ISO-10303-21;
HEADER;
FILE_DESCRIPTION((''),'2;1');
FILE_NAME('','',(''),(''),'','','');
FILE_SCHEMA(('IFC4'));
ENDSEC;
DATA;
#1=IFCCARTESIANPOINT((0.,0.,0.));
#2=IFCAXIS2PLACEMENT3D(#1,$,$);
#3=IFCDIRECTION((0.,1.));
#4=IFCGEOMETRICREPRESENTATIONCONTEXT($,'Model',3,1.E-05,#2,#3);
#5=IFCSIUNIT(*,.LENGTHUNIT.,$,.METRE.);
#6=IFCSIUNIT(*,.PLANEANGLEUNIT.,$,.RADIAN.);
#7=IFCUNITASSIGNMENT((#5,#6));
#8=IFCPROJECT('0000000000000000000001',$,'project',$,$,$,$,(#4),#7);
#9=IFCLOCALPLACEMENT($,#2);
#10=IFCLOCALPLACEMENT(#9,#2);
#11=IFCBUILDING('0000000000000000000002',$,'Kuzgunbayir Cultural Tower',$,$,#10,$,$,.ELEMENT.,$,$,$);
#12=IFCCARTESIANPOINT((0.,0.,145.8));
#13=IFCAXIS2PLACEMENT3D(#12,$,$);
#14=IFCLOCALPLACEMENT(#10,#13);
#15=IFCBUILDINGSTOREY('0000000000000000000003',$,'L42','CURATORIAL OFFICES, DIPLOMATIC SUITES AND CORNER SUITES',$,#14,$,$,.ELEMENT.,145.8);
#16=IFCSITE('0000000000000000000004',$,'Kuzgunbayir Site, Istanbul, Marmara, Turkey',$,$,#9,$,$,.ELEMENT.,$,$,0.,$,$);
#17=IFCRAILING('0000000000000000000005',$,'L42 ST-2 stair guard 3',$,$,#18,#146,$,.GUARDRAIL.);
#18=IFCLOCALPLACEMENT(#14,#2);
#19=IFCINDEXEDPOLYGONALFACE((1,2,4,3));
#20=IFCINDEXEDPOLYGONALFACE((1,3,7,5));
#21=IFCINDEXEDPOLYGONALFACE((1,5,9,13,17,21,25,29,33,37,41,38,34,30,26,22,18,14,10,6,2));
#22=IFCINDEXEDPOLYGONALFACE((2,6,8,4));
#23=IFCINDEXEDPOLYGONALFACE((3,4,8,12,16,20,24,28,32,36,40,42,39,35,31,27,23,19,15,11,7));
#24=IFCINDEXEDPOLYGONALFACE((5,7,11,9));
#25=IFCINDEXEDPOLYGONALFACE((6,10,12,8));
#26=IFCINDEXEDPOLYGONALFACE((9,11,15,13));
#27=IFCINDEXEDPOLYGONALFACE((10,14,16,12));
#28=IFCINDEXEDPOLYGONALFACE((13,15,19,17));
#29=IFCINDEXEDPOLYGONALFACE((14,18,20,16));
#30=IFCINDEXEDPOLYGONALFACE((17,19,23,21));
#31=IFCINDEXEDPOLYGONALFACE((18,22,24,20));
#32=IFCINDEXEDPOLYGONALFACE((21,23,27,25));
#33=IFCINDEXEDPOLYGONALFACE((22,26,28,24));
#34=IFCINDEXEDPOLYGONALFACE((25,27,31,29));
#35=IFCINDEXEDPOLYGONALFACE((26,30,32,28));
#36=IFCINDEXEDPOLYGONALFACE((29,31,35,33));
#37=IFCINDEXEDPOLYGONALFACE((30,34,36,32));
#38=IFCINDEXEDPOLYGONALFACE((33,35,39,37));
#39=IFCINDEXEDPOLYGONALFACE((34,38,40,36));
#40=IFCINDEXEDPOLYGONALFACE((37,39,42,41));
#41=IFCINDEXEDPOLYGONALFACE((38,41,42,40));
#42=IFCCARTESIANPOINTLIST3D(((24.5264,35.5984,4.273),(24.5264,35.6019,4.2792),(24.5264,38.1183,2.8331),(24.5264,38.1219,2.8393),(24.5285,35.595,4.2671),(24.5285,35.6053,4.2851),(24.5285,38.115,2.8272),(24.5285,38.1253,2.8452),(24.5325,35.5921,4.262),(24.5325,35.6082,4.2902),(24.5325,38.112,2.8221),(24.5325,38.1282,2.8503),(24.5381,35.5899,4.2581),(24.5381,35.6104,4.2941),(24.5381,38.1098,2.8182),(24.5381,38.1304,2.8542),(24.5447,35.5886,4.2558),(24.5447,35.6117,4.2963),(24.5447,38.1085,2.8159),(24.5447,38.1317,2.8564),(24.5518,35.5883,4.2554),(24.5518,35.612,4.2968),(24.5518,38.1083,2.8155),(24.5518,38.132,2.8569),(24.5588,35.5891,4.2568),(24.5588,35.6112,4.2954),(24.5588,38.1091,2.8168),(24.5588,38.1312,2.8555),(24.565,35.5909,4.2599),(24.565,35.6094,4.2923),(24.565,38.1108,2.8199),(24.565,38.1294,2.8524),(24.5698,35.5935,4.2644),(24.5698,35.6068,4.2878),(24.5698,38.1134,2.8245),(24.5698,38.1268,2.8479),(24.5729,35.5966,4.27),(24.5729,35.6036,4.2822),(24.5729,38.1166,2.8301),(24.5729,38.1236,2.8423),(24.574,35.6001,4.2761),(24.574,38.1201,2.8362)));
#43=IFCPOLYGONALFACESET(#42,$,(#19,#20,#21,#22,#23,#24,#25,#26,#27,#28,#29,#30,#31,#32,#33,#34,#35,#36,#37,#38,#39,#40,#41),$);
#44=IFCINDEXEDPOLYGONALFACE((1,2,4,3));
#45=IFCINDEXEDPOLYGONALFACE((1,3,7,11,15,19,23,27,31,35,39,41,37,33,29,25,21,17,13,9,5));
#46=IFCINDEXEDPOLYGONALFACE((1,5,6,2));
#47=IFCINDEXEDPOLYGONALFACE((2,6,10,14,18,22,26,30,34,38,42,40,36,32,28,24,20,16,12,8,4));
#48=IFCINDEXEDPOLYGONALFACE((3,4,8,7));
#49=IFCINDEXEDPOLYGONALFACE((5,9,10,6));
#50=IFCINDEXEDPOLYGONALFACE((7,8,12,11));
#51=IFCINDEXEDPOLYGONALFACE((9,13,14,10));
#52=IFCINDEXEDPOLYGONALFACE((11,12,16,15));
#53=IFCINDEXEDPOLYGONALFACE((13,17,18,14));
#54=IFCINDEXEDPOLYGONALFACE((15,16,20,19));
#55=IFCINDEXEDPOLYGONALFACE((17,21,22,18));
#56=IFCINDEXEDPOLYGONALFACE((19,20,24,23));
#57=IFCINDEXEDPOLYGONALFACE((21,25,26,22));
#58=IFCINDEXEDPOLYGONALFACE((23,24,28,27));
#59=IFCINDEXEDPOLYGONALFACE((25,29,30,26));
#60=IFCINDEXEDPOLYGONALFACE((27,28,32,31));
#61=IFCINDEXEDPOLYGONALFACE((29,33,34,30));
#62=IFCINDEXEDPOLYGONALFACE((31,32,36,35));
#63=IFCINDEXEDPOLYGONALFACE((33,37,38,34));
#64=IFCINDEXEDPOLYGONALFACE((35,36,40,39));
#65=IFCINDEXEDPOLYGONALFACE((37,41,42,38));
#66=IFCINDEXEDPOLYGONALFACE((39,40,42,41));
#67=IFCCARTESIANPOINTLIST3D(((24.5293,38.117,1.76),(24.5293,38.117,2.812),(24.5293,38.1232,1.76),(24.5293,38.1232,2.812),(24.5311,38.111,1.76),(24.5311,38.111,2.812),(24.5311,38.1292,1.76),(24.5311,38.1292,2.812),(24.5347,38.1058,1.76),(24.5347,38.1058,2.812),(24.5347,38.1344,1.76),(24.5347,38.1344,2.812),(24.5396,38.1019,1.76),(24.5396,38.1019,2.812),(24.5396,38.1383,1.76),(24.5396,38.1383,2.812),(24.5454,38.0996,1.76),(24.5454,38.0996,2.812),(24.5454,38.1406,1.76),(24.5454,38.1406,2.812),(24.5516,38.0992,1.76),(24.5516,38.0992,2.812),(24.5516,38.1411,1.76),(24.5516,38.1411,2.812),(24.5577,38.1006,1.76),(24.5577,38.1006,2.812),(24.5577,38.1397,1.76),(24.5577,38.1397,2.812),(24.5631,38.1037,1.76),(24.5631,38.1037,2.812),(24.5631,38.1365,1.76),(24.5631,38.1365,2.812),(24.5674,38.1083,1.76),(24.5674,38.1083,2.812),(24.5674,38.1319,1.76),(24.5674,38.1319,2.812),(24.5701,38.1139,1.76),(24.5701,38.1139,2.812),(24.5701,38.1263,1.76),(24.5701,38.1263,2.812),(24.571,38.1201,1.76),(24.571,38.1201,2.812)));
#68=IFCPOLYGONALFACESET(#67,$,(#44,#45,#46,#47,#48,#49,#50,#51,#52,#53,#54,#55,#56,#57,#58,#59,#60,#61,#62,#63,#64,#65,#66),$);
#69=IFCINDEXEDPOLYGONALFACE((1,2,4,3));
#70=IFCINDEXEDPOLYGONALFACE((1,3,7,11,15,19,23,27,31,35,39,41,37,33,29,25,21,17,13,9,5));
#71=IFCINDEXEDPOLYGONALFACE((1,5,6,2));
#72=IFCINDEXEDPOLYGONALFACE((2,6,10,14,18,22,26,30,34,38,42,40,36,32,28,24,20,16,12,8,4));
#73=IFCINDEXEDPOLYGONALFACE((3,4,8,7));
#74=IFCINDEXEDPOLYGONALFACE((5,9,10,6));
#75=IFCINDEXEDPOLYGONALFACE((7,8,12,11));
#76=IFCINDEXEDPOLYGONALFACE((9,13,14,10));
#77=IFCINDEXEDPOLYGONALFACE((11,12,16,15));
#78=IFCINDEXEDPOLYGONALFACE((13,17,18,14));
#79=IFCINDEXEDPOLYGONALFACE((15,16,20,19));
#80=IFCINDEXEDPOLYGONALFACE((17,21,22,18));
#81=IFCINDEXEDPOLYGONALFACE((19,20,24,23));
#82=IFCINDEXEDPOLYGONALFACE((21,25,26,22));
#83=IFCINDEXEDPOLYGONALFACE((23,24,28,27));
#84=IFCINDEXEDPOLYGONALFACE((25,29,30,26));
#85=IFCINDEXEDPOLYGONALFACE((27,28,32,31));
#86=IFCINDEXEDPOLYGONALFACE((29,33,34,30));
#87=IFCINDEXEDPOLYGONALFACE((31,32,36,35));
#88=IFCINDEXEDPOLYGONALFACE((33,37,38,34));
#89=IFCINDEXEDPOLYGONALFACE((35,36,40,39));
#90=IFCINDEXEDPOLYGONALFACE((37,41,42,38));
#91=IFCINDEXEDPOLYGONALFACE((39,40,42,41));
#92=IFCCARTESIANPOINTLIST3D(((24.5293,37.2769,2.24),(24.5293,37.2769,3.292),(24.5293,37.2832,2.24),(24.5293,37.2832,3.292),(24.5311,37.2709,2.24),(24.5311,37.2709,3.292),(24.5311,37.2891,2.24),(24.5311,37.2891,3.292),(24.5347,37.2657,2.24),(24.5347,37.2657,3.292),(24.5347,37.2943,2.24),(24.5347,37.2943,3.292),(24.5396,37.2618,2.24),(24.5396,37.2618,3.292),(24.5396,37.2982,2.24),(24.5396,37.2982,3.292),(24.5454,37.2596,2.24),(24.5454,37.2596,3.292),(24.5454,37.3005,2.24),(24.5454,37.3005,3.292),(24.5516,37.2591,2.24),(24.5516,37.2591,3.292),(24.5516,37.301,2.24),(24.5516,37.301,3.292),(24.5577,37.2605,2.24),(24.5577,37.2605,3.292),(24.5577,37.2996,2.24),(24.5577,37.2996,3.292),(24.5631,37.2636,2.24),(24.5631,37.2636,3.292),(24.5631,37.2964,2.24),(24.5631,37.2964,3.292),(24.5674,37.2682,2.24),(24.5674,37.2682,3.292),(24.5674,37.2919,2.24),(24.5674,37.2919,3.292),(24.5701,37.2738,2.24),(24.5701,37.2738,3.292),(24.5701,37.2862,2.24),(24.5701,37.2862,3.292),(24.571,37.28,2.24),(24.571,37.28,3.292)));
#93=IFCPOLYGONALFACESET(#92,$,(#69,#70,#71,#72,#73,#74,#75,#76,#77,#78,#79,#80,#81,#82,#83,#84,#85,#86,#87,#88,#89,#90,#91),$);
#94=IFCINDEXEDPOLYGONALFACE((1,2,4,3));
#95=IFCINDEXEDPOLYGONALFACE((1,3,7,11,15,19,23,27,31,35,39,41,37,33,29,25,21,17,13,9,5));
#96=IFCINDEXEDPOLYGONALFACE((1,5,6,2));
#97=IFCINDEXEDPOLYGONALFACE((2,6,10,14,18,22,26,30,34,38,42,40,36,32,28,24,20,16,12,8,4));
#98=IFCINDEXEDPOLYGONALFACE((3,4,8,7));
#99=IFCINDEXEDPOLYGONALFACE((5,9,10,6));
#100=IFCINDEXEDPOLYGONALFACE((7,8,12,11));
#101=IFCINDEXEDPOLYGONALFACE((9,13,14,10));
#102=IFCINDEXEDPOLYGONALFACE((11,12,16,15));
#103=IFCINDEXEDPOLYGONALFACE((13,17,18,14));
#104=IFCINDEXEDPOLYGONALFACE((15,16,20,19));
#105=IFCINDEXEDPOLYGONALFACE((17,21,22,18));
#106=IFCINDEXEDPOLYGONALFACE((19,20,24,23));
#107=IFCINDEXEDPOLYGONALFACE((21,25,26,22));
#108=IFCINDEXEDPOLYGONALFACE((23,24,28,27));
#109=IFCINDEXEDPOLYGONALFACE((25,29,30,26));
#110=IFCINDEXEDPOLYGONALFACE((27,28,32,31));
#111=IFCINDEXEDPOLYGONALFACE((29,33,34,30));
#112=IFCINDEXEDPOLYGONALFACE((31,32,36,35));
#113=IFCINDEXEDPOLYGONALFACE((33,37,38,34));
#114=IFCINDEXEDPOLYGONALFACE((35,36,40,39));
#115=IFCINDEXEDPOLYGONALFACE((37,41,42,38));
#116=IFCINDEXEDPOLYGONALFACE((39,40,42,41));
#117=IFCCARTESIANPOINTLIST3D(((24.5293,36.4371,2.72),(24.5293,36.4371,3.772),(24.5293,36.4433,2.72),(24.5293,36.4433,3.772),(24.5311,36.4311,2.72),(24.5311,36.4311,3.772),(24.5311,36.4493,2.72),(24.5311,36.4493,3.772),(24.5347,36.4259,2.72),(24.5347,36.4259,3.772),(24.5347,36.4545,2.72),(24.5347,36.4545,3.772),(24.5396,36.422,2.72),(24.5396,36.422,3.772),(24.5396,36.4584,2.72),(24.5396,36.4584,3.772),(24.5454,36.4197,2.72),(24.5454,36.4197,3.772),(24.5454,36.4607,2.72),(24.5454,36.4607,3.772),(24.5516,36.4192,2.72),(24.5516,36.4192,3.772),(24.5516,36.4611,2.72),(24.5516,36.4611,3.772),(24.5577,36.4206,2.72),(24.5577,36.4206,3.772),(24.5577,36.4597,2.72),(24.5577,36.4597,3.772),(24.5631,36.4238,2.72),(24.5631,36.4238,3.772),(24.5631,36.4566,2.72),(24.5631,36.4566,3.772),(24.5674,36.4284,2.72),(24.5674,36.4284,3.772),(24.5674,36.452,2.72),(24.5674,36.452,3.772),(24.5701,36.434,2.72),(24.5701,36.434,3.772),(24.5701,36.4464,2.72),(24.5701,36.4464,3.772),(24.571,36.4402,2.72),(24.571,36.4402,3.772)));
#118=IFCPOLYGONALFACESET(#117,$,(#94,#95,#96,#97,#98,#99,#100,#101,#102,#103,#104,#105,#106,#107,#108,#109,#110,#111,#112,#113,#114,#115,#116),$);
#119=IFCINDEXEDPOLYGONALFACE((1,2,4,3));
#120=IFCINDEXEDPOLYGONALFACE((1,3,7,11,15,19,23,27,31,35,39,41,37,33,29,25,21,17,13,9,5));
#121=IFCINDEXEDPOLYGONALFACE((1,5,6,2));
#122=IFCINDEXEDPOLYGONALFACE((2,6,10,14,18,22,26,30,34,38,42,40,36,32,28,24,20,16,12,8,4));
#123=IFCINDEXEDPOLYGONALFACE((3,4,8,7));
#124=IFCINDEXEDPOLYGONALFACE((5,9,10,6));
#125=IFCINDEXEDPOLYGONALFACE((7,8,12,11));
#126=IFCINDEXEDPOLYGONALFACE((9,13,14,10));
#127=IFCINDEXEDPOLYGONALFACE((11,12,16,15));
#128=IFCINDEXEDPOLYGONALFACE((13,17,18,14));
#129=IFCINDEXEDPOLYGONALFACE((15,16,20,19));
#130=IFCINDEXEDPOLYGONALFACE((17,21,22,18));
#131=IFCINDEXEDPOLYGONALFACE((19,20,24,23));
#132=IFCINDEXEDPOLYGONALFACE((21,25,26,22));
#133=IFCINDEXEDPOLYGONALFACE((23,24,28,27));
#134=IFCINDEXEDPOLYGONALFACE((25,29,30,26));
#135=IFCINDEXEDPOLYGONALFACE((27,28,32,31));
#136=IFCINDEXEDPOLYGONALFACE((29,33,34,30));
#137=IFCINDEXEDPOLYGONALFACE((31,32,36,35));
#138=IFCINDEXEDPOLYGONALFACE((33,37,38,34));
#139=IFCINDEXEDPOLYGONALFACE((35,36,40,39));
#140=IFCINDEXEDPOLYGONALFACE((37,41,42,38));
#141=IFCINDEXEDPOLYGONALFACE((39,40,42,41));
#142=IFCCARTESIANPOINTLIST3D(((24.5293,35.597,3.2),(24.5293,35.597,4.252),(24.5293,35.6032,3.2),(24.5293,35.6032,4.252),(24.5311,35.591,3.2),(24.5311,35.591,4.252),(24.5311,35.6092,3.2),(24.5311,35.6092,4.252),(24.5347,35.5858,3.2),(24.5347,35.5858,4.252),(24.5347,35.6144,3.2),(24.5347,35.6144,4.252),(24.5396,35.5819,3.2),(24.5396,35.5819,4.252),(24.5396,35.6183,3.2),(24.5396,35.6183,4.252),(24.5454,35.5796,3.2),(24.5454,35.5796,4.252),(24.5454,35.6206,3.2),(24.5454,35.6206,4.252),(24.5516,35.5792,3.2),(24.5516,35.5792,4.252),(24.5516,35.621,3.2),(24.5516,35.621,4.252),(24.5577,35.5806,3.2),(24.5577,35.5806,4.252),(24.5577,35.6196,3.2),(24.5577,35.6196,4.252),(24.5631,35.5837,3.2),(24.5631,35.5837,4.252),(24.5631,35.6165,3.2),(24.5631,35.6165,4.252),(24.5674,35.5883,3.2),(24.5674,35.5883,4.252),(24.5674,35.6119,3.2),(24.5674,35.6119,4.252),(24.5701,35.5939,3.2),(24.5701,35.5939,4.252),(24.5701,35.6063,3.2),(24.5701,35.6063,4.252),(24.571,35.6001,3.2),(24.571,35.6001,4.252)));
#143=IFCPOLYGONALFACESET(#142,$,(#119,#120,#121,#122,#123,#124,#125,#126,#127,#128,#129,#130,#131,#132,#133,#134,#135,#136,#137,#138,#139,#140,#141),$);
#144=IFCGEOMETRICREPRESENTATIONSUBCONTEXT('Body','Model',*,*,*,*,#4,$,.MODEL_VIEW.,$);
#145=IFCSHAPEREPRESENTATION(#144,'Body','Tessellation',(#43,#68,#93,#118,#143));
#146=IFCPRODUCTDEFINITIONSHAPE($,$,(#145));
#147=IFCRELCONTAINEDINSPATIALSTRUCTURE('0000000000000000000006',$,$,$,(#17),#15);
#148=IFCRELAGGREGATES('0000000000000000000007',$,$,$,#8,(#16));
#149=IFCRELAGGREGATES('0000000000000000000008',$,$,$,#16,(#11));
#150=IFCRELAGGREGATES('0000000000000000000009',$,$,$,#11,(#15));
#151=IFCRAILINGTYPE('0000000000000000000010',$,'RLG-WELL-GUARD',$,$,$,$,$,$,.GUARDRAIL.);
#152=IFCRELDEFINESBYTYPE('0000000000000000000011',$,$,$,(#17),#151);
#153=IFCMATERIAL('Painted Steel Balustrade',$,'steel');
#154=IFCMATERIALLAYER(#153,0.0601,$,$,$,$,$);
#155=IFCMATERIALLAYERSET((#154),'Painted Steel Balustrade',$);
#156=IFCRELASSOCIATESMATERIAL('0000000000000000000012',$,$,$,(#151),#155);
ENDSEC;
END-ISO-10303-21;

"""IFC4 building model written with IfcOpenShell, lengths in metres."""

from ifc_helpers import new_model, si_unit, direction, frame, origin, origin_2d, place, context, subcontext, project, spatial, circle, extrude, material, layer, layer_set, type_object, element, save


model = new_model("IFC4")

# Units and contexts
model_context = context("Model", 3, precision=1e-05, world=origin(), true_north=direction((0.0, 1.0)))
body_context = subcontext(model_context, "Body", "Model", "MODEL_VIEW")
ifc_project = project(units=[si_unit("LENGTHUNIT", "METRE"), si_unit("PLANEANGLEUNIT", "RADIAN")], contexts=[model_context])

# Site, building, storey
site_placement = place(None, origin())
site = spatial("IfcSite", under=ifc_project, at=site_placement, Name="Kuzgunbayir Site, Istanbul, Marmara, Turkey", CompositionType="ELEMENT", RefElevation=0.0)
building_placement = place(site_placement, origin())
building = spatial("IfcBuilding", under=site, at=building_placement, Name="Kuzgunbayir Cultural Tower", CompositionType="ELEMENT")
storey_placement = place(building_placement, frame((0.0, 0.0, 145.8)))
storey = spatial("IfcBuildingStorey", under=building, at=storey_placement, Name="L42", Description="CURATORIAL OFFICES, DIPLOMATIC SUITES AND CORNER SUITES", CompositionType="ELEMENT", Elevation=145.8)

# Railing
ifc_material_1 = material(Name="Painted Steel Balustrade", Category="steel")
ifc_layer_1 = layer(ifc_material_1, 0.0601)
ifc_layer_set_1 = layer_set([ifc_layer_1], Name="Painted Steel Balustrade")
railing_type_1 = type_object("IfcRailingType", Name="RLG-WELL-GUARD", PredefinedType="GUARDRAIL", material=ifc_layer_set_1)
railing_1_placement = place(storey_placement, frame((24.55, 38.1201, 1.76)))
element("IfcRailing", 1, at=railing_1_placement, inside=storey, type_object=railing_type_1, Name="L42 ST-2 stair guard 3", PredefinedType="GUARDRAIL", context=body_context, shape_type="SweptSolid", body=[
    extrude(circle(Radius=0.0239, at=origin_2d()), frame((0.0, 0.0, 1.0762), z_axis=(0.0, -0.868253, 0.496121), x_axis=(1.0, 0.0, 0.0)), (0.0, 0.0, 1.0), 2.9023),
    extrude(circle(Radius=0.021, at=origin_2d()), origin(), (0.0, 0.0, 1.0), 1.052),
    extrude(circle(Radius=0.021, at=origin_2d()), frame((0.0, -0.8401, 0.48)), (0.0, 0.0, 1.0), 1.052),
    extrude(circle(Radius=0.021, at=origin_2d()), frame((0.0, -1.6799, 0.96)), (0.0, 0.0, 1.0), 1.052),
    extrude(circle(Radius=0.021, at=origin_2d()), frame((0.0, -2.52, 1.4399)), (0.0, 0.0, 1.0), 1.052),
])

save(model, "model.ifc")
